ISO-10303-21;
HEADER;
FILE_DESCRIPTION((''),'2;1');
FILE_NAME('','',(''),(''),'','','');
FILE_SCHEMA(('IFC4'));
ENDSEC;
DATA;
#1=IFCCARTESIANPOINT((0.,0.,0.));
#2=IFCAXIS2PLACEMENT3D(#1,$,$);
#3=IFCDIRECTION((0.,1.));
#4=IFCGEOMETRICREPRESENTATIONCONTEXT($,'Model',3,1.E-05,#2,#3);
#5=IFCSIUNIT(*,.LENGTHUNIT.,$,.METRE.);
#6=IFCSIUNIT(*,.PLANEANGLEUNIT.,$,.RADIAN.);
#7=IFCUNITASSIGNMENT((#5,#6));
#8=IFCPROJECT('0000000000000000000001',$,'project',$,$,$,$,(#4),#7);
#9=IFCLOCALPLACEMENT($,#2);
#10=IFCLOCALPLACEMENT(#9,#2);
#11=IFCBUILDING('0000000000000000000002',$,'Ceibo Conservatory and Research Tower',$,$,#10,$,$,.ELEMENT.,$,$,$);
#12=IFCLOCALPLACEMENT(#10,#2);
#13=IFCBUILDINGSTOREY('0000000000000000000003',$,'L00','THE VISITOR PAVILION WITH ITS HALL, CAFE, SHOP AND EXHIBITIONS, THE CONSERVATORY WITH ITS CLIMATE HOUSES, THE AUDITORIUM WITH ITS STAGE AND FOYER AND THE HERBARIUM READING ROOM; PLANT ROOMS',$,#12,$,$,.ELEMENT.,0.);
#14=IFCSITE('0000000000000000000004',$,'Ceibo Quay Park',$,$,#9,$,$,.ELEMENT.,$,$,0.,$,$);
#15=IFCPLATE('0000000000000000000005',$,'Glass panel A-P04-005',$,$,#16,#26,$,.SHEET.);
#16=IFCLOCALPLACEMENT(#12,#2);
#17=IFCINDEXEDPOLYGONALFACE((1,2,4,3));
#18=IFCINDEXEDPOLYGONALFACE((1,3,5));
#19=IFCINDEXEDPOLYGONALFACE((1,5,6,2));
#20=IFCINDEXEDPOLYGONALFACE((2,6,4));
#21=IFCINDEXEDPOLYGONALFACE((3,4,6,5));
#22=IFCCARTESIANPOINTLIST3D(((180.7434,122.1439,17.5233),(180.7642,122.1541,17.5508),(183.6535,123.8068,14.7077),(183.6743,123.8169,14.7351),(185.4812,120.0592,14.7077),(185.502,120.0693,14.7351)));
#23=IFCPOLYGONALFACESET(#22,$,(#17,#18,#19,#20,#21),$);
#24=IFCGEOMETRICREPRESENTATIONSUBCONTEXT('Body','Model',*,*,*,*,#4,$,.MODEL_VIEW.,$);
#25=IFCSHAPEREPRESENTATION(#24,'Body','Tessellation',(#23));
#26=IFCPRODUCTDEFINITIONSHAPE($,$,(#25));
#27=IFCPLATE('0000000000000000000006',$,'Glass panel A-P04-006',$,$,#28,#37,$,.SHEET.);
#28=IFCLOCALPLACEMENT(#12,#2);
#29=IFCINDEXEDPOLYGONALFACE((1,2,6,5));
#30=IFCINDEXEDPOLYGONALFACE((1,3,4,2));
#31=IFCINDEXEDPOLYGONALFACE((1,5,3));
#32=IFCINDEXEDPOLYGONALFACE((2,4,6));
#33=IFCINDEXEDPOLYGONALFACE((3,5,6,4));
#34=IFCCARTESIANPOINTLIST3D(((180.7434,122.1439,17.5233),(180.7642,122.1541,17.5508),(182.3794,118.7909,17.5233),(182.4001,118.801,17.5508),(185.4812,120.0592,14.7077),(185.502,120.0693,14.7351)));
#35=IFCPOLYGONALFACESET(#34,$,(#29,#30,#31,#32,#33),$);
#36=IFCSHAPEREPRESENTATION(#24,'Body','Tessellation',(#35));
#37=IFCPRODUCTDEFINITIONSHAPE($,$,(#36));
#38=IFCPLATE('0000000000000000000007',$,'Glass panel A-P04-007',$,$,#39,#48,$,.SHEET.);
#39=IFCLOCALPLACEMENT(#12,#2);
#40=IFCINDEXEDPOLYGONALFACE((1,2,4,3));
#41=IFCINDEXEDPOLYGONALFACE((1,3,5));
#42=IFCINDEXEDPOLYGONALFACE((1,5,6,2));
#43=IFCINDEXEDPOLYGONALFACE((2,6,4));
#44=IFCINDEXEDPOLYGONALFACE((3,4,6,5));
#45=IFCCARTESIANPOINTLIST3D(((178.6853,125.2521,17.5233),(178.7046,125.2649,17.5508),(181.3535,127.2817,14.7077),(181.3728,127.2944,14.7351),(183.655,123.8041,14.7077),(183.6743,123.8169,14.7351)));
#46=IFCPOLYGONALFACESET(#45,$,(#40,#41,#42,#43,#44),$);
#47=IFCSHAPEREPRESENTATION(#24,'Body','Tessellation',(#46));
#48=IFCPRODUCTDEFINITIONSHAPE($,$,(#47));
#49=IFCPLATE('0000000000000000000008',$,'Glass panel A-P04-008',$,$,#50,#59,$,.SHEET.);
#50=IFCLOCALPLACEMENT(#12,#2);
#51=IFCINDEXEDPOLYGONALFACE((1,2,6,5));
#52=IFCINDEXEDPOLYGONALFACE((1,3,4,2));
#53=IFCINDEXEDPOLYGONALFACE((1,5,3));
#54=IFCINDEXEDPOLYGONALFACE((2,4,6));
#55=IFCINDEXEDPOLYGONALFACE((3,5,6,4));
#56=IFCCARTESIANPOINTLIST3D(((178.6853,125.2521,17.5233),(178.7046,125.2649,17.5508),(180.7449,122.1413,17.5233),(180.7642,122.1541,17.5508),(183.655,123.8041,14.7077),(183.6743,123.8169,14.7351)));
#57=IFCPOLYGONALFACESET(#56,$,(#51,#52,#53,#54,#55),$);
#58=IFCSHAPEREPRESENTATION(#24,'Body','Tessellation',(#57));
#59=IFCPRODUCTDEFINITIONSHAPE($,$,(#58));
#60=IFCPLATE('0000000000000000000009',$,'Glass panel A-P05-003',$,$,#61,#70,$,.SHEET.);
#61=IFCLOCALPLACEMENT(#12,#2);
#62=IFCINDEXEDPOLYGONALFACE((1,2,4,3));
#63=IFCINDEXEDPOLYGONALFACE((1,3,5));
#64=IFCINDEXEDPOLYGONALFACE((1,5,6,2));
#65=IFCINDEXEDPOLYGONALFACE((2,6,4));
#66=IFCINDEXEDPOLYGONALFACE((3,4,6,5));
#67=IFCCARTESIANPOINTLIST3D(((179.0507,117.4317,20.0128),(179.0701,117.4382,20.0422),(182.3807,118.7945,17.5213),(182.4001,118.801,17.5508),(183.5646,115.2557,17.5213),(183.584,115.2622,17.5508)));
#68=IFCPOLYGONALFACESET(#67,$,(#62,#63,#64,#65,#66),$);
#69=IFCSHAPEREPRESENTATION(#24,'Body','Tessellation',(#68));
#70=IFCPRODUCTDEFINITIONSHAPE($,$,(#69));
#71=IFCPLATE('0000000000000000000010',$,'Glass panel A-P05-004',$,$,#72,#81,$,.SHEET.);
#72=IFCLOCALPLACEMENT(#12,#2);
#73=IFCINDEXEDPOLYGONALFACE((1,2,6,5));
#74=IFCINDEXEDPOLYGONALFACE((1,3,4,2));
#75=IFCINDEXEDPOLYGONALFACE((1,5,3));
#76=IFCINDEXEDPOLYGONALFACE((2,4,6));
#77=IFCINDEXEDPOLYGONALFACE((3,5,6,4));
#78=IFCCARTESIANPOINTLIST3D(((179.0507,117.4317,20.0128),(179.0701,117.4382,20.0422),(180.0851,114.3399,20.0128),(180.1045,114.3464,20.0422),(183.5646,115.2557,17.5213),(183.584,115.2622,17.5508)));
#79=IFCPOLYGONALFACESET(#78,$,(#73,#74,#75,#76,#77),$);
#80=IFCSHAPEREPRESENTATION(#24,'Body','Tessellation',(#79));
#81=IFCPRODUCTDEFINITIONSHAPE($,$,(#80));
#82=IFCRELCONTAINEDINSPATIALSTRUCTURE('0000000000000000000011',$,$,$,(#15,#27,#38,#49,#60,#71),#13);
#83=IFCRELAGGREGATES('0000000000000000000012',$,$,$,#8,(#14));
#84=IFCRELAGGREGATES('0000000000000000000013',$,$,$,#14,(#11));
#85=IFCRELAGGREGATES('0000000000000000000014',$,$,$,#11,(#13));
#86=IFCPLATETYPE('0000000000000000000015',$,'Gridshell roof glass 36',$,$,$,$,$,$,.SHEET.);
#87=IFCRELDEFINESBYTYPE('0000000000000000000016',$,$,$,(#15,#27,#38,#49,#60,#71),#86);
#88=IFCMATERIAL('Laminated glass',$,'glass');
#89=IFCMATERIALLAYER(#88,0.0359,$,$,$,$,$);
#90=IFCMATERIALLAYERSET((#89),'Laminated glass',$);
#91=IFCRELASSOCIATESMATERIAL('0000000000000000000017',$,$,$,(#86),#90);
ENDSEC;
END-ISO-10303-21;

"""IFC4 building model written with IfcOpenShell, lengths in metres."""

from ifc_helpers import new_model, si_unit, direction, frame, origin, place, context, subcontext, project, spatial, polyline, outline, extrude, material, layer, layer_set, type_object, element, save


model = new_model("IFC4")

# Units and contexts
model_context = context("Model", 3, precision=1e-05, world=origin(), true_north=direction((0.0, 1.0)))
body_context = subcontext(model_context, "Body", "Model", "MODEL_VIEW")
ifc_project = project(units=[si_unit("LENGTHUNIT", "METRE"), si_unit("PLANEANGLEUNIT", "RADIAN")], contexts=[model_context])

# Site, building, storey
site_placement = place(None, origin())
site = spatial("IfcSite", under=ifc_project, at=site_placement, Name="Ceibo Quay Park", CompositionType="ELEMENT", RefElevation=0.0)
building_placement = place(site_placement, origin())
building = spatial("IfcBuilding", under=site, at=building_placement, Name="Ceibo Conservatory and Research Tower", CompositionType="ELEMENT")
storey_placement = place(building_placement, origin())
storey = spatial("IfcBuildingStorey", under=building, at=storey_placement, Name="L00", Description="THE VISITOR PAVILION WITH ITS HALL, CAFE, SHOP AND EXHIBITIONS, THE CONSERVATORY WITH ITS CLIMATE HOUSES, THE AUDITORIUM WITH ITS STAGE AND FOYER AND THE HERBARIUM READING ROOM; PLANT ROOMS", CompositionType="ELEMENT", Elevation=0.0)

# Plates
ifc_material_1 = material(Name="Laminated glass", Category="glass")
ifc_layer = layer(ifc_material_1, 0.0359)
ifc_layer_set = layer_set([ifc_layer], Name="Laminated glass")
plate_type = type_object("IfcPlateType", Name="Gridshell roof glass 36", PredefinedType="SHEET", material=ifc_layer_set)
plate_1_placement = place(storey_placement, frame((185.502, 120.0693, 14.7351), z_axis=(0.578859, 0.282302, 0.765002), x_axis=(-0.438338, 0.89881, 0.0)))
element("IfcPlate", 1, at=plate_1_placement, inside=storey, type_object=plate_type, Name="Glass panel A-P04-005", PredefinedType="SHEET", context=body_context, shape_type="SweptSolid", body=[
    extrude(outline(polyline([(0.0, 0.0), (4.1695, 0.0), (3.9505, 4.372), (0.0, 0.0)])), origin(), (0.0, 0.0, -1.0), 0.0359),
])
plate_2_placement = place(storey_placement, frame((185.502, 120.0693, 14.7351), z_axis=(0.578881, 0.282444, 0.764933), x_axis=(-0.804047, 0.353796, 0.477846)))
element("IfcPlate", 2, at=plate_2_placement, inside=storey, type_object=plate_type, Name="Glass panel A-P04-006", PredefinedType="SHEET", context=body_context, shape_type="SweptSolid", body=[
    extrude(outline(polyline([(0.0, 0.0), (5.8924, 0.0), (3.3907, 2.7678), (0.0, 0.0)])), origin(), (0.0, 0.0, -1.0), 0.0359),
])
plate_3_placement = place(storey_placement, frame((183.6743, 123.8169, 14.7351), z_axis=(0.537006, 0.355403, 0.765057), x_axis=(-0.5519, 0.83391, 0.0)))
element("IfcPlate", 3, at=plate_3_placement, inside=storey, type_object=plate_type, Name="Glass panel A-P04-007", PredefinedType="SHEET", context=body_context, shape_type="SweptSolid", body=[
    extrude(outline(polyline([(0.0, 0.0), (4.1702, 0.0), (3.9503, 4.3724), (0.0, 0.0)])), origin(), (0.0, 0.0, -1.0), 0.0359),
])
plate_4_placement = place(storey_placement, frame((183.6743, 123.8169, 14.7351), z_axis=(0.537009, 0.355534, 0.764995), x_axis=(-0.843382, 0.245731, 0.477831)))
element("IfcPlate", 4, at=plate_4_placement, inside=storey, type_object=plate_type, Name="Glass panel A-P04-008", PredefinedType="SHEET", context=body_context, shape_type="SweptSolid", body=[
    extrude(outline(polyline([(0.0, 0.0), (5.8926, 0.0), (3.3912, 2.768), (0.0, 0.0)])), origin(), (0.0, 0.0, -1.0), 0.0359),
])
plate_5_placement = place(storey_placement, frame((183.584, 115.2622, 17.5508), z_axis=(0.540656, 0.180865, 0.821571), x_axis=(-0.317248, 0.948343, 0.0)))
element("IfcPlate", 5, at=plate_5_placement, inside=storey, type_object=plate_type, Name="Glass panel A-P05-003", PredefinedType="SHEET", context=body_context, shape_type="SweptSolid", body=[
    extrude(outline(polyline([(0.0, 0.0), (3.7316, 0.0), (3.4956, 4.3702), (0.0, 0.0)])), origin(), (0.0, 0.0, -1.0), 0.0359),
])
plate_6_placement = place(storey_placement, frame((183.584, 115.2622, 17.5508), z_axis=(0.540662, 0.18089, 0.821561), x_axis=(-0.806598, 0.388837, 0.445202)))
element("IfcPlate", 6, at=plate_6_placement, inside=storey, type_object=plate_type, Name="Glass panel A-P05-004", PredefinedType="SHEET", context=body_context, shape_type="SweptSolid", body=[
    extrude(outline(polyline([(0.0, 0.0), (5.5962, 0.0), (3.5597, 2.5459), (0.0, 0.0)])), origin(), (0.0, 0.0, -1.0), 0.0359),
])

save(model, "model.ifc")
